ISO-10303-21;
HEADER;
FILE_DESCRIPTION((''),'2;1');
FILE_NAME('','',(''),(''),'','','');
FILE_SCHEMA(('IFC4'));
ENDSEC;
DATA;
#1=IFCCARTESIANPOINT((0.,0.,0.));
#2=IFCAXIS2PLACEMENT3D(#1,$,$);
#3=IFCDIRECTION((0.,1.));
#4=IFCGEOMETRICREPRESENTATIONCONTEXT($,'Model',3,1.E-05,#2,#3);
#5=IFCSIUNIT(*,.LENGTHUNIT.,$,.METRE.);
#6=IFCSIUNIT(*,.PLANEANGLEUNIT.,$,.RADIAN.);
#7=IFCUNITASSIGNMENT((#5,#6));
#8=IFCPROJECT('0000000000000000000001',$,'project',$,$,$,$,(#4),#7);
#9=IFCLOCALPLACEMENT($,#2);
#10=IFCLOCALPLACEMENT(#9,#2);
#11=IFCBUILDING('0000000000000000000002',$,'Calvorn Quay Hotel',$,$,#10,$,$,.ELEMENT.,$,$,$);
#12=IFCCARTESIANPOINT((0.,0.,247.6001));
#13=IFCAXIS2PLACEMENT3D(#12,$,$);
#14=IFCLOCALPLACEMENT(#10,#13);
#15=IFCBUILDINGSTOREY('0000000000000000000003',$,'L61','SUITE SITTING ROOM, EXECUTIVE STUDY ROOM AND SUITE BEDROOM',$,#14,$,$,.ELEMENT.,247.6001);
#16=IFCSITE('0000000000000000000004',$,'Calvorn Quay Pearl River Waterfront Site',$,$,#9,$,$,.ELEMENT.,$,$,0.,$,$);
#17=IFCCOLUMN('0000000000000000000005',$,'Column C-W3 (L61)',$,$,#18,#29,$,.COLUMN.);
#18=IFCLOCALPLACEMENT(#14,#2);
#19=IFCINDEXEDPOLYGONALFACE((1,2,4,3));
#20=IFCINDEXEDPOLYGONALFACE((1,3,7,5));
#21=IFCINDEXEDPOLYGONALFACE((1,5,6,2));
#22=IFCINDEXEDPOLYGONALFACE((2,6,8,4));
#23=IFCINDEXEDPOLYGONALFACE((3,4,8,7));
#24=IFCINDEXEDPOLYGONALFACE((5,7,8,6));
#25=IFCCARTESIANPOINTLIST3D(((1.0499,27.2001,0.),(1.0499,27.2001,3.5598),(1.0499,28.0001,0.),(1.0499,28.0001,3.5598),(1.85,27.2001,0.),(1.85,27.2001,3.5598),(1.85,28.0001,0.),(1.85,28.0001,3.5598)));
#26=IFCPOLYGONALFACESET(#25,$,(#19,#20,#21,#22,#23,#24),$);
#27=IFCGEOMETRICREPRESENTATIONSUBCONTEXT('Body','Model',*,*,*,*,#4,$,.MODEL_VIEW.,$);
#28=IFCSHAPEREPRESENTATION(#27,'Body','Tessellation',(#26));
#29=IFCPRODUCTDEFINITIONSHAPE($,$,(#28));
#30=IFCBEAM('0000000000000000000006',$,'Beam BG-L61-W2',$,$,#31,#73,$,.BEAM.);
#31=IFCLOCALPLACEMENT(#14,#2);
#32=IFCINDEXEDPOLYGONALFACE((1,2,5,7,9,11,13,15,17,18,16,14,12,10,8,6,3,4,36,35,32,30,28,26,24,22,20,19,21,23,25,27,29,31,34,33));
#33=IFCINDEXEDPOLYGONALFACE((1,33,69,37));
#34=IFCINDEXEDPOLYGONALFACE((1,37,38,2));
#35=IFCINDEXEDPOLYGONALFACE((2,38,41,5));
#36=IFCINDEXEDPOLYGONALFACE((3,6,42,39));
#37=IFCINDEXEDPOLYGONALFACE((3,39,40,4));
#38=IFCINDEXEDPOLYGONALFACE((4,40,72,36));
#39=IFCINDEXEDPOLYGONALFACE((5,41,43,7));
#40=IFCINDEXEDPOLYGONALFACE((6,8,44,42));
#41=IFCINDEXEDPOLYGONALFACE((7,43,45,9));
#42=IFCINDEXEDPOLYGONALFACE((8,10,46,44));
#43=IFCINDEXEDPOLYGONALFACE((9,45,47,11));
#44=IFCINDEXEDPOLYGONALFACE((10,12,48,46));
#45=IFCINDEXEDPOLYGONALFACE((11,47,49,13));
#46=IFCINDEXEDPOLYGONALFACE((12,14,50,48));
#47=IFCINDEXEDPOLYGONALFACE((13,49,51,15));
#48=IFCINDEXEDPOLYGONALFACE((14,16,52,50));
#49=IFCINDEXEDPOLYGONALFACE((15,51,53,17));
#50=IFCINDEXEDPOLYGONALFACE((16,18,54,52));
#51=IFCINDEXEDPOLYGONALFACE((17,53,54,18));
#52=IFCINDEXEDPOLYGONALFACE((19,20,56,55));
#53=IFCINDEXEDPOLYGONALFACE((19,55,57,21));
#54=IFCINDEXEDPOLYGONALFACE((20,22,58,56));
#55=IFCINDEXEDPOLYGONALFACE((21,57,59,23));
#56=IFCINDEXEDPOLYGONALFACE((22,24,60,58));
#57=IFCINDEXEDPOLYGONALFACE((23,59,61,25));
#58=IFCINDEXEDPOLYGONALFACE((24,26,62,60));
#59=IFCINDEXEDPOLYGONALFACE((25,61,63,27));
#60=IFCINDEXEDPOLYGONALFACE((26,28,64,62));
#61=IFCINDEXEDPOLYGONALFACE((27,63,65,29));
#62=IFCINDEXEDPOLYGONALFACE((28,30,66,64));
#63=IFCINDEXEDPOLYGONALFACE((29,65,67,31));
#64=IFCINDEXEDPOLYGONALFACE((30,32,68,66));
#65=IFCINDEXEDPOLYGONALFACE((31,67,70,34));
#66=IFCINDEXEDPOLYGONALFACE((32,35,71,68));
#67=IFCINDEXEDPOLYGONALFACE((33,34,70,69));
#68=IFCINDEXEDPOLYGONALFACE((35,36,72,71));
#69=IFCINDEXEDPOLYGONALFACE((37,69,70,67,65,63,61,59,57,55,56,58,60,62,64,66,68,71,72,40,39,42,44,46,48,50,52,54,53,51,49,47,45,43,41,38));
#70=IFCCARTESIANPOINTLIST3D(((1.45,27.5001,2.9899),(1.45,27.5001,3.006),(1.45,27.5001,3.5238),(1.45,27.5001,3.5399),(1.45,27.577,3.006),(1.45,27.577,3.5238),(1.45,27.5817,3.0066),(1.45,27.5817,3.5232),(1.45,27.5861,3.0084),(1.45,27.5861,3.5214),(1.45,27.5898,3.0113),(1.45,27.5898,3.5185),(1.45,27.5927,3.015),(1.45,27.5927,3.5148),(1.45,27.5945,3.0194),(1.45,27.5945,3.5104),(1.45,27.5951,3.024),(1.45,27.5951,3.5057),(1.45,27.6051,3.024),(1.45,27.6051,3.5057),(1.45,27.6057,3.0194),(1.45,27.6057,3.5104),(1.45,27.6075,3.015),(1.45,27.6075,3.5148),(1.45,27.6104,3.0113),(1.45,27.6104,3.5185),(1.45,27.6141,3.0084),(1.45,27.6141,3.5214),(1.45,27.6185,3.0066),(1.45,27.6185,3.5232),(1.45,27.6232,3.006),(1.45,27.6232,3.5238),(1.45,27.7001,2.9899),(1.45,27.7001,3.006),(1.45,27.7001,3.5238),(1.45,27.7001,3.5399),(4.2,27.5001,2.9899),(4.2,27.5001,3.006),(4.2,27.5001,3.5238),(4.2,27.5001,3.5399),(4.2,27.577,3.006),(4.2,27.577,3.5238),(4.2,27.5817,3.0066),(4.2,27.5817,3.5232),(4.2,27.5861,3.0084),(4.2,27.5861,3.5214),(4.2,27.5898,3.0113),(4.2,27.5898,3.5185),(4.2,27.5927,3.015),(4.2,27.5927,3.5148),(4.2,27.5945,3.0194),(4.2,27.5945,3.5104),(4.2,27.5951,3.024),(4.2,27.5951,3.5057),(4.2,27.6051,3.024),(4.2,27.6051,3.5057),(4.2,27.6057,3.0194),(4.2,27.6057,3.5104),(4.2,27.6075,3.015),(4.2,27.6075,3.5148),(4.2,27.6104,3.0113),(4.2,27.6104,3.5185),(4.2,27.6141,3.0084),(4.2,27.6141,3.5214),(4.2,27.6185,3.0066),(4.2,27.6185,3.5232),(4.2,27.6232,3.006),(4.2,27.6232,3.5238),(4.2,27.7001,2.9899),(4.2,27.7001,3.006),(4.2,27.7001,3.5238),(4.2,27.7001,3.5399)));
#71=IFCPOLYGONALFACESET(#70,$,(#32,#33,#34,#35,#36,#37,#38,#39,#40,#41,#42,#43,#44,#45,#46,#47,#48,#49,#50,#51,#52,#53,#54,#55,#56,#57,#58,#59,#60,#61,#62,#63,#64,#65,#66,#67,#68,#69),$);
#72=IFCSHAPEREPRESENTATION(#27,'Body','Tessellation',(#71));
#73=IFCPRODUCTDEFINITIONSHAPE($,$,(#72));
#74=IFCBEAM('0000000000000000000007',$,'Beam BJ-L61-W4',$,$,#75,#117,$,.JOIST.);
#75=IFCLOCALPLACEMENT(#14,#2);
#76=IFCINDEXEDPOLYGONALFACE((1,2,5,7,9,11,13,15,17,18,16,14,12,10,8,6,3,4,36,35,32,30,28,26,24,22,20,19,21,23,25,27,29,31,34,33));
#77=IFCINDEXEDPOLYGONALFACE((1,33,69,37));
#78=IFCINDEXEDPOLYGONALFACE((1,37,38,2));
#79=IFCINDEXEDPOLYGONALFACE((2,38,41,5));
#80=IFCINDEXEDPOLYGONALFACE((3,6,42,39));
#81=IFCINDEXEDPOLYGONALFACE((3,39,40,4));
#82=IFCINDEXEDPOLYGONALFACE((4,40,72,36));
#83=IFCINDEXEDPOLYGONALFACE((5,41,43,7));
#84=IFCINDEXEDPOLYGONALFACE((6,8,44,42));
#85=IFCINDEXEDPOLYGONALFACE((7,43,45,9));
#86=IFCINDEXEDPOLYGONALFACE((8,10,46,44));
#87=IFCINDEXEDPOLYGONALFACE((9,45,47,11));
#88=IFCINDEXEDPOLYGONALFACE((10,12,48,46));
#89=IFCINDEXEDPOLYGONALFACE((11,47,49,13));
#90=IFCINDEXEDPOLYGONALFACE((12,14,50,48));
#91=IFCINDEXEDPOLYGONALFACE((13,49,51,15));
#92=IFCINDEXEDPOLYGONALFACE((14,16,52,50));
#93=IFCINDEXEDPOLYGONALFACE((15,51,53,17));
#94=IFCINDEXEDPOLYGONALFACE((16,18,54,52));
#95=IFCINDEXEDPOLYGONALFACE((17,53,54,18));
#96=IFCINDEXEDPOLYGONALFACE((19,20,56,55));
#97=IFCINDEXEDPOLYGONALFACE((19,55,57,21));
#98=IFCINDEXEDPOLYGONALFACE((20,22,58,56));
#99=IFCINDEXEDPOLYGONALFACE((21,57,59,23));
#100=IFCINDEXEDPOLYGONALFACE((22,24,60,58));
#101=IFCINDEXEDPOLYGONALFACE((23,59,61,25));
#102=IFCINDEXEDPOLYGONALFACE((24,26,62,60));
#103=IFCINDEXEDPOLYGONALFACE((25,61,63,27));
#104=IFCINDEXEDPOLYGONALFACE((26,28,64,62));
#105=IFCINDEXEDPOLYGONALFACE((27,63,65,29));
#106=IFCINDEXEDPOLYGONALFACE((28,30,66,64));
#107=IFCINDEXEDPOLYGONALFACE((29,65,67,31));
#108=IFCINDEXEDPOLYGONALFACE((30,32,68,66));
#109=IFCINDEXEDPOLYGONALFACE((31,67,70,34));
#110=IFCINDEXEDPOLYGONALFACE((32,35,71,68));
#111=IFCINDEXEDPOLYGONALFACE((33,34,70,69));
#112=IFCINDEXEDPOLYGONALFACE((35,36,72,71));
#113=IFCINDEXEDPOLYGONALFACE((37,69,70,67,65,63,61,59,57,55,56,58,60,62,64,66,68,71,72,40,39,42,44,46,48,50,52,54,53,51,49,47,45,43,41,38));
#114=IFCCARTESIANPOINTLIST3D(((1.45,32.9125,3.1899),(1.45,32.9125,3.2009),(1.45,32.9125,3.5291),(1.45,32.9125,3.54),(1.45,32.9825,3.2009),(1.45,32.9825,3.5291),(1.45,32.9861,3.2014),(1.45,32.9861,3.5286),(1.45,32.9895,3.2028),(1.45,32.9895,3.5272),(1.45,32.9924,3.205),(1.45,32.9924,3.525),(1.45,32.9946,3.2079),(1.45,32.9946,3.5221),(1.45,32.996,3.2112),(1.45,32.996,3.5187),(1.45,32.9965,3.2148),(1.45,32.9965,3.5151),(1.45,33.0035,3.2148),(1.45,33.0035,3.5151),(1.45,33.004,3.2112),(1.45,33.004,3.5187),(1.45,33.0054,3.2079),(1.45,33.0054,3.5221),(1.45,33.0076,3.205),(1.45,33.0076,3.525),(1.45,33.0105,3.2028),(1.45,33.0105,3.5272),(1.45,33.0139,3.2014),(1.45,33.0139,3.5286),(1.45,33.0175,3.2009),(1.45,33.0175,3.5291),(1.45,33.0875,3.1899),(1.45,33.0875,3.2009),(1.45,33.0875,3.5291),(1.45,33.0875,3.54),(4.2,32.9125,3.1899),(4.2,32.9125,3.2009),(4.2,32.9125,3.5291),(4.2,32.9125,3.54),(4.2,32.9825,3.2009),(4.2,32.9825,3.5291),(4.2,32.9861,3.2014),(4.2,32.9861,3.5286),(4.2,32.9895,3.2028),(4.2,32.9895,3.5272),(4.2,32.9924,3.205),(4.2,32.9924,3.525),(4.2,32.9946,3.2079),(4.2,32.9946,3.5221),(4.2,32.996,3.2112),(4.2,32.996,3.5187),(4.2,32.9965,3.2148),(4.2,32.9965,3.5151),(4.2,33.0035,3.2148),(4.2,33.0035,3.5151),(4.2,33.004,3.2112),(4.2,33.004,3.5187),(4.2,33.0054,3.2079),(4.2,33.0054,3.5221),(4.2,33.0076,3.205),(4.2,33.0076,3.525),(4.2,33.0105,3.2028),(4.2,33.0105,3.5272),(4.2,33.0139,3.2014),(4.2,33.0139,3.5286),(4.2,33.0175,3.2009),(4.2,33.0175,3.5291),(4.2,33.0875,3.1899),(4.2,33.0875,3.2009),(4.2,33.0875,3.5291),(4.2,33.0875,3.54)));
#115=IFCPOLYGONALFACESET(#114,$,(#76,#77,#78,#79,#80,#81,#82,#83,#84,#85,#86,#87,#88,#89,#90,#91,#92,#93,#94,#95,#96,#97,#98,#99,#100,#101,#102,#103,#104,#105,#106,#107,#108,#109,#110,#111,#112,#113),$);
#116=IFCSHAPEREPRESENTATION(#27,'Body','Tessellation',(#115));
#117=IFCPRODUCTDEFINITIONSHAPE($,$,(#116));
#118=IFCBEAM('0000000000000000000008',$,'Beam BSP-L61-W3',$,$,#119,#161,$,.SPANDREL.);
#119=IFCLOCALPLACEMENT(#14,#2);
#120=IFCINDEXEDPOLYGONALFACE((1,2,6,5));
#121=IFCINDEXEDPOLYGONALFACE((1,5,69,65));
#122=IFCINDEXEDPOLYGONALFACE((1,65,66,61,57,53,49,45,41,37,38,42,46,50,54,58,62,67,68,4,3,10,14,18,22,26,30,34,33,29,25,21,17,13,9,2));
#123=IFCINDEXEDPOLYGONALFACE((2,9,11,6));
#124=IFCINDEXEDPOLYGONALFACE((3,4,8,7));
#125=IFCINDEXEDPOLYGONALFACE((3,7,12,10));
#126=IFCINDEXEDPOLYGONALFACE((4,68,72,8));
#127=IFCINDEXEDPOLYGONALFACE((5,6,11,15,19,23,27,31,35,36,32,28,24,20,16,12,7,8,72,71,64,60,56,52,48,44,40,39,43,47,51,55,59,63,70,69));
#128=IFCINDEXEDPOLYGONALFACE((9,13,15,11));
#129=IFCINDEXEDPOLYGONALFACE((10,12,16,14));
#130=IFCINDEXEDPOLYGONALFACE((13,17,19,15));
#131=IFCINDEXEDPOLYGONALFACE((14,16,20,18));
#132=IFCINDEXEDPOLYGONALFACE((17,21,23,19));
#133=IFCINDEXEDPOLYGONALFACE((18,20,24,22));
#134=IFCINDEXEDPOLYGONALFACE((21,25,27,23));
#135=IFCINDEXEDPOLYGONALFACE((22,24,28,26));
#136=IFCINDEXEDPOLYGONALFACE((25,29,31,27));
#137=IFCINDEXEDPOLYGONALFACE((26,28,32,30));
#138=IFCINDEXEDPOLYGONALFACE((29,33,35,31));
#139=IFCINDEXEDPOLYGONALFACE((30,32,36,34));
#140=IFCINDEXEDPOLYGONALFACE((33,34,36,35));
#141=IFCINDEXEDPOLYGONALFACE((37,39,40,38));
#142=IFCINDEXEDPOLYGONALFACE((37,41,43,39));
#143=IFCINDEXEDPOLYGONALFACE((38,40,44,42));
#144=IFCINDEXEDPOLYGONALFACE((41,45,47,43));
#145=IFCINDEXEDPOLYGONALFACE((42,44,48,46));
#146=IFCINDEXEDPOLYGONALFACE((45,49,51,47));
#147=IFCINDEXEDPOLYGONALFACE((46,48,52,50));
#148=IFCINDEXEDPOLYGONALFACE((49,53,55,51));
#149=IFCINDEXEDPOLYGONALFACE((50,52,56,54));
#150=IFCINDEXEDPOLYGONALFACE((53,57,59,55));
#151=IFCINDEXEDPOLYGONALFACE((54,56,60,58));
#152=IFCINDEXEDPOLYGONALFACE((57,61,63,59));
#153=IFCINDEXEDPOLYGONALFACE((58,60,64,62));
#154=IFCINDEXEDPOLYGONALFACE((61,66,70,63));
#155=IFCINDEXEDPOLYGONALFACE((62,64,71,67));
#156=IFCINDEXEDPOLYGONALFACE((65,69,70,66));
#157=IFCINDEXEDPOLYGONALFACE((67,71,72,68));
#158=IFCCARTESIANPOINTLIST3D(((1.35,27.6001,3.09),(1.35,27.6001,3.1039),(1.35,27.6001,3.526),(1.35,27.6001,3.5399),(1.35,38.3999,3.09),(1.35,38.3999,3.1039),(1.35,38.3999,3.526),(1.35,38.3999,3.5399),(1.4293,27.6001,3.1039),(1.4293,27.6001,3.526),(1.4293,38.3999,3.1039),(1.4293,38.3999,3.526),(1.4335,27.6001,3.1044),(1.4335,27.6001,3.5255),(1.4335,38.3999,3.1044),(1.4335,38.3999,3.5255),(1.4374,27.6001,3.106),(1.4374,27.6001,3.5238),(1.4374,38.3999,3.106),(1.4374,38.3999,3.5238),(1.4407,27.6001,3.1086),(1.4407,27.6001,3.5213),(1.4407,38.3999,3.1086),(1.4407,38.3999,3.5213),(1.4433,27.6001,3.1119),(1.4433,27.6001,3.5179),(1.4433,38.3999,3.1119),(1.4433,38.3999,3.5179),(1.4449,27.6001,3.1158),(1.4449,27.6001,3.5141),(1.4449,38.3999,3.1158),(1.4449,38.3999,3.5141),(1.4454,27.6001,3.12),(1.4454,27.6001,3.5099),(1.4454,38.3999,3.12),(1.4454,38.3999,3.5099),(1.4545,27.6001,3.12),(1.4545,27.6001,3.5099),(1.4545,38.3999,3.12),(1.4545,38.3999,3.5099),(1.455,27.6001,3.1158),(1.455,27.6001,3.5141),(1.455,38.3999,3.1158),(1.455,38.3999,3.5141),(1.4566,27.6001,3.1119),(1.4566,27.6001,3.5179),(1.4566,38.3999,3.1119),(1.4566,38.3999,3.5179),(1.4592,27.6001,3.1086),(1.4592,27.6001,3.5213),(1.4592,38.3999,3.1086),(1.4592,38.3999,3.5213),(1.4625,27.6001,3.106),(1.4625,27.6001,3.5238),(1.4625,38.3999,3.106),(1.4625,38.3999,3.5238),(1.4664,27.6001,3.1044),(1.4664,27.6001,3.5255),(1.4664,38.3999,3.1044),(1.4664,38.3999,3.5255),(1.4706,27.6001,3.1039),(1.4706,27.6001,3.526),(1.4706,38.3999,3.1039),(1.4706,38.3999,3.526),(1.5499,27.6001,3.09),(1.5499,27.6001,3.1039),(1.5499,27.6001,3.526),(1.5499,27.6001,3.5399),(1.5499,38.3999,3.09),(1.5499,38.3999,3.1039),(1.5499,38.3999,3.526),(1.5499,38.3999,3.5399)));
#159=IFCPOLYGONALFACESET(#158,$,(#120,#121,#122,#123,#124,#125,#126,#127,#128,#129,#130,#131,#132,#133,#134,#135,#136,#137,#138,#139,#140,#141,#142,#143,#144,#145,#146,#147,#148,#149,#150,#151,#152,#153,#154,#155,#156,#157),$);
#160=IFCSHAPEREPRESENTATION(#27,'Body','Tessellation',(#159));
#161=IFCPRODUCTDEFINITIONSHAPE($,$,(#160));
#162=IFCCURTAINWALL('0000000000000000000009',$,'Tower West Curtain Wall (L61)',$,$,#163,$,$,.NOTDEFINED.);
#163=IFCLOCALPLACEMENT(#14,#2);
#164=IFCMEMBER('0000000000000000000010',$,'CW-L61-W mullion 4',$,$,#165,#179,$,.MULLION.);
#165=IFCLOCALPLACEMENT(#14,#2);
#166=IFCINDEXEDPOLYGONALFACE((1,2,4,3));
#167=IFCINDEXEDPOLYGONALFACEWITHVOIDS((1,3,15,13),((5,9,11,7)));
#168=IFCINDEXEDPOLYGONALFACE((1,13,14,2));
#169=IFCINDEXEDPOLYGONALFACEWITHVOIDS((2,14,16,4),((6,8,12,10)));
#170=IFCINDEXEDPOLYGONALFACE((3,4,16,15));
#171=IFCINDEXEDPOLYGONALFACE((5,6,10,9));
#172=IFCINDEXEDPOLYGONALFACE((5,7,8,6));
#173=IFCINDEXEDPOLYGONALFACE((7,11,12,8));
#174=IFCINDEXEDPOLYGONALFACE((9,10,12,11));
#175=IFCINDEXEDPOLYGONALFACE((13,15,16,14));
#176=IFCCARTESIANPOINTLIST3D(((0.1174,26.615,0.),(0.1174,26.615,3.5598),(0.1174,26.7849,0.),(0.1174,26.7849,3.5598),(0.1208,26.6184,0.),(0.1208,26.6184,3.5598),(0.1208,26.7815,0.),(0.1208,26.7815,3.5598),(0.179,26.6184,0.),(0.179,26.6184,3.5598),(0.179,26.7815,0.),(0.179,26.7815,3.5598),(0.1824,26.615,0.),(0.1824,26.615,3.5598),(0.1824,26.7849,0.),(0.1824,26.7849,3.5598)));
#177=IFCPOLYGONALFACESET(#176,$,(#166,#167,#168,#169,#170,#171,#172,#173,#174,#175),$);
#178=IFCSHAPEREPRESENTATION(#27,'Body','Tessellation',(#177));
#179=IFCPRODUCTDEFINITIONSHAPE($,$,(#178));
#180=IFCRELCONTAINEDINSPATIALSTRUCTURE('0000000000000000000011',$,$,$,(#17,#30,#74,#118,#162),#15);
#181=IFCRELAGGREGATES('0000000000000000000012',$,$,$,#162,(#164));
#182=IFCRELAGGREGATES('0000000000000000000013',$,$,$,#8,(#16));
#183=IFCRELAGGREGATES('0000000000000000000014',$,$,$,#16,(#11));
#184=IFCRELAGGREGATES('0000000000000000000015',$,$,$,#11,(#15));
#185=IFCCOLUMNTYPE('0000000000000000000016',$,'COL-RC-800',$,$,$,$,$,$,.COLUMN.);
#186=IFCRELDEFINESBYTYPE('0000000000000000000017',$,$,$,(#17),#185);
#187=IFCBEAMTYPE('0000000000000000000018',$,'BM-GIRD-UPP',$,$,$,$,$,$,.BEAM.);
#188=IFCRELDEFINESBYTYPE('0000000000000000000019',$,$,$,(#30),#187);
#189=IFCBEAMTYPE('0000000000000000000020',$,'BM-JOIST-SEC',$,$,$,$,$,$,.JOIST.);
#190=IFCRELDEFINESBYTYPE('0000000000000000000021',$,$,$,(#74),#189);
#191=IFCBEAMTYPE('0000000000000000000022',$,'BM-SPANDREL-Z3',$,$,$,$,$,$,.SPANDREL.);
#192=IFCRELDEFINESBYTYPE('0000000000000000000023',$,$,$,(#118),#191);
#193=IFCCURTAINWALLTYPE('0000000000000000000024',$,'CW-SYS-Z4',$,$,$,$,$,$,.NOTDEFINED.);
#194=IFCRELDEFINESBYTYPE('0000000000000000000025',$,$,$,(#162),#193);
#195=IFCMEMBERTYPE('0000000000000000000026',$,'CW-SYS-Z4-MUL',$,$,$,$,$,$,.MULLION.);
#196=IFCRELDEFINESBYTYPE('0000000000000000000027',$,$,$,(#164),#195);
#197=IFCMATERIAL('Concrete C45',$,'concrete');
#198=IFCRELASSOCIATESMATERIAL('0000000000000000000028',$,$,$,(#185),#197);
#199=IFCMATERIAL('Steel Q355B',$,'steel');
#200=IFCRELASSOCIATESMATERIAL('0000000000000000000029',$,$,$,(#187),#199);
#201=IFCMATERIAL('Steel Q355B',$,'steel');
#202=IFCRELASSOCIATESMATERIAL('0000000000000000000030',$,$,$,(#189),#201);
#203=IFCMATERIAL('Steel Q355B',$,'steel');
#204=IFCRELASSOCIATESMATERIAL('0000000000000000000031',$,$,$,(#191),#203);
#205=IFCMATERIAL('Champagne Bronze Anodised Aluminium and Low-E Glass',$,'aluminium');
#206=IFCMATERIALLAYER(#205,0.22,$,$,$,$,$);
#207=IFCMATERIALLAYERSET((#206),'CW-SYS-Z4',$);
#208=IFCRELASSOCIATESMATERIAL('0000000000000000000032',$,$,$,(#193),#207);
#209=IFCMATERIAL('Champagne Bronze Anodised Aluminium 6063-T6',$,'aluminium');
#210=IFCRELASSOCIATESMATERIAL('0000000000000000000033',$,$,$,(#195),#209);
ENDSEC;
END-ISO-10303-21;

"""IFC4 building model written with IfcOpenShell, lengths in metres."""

from ifc_helpers import new_model, si_unit, direction, frame, origin, origin_2d, place, context, subcontext, project, spatial, rectangle, hollow_rectangle, i_section, extrude, material, layer, layer_set, material_profile, profile_set, type_object, element, aggregate, save


model = new_model("IFC4")

# Units and contexts
model_context = context("Model", 3, precision=1e-05, world=origin(), true_north=direction((0.0, 1.0)))
body_context = subcontext(model_context, "Body", "Model", "MODEL_VIEW")
ifc_project = project(units=[si_unit("LENGTHUNIT", "METRE"), si_unit("PLANEANGLEUNIT", "RADIAN")], contexts=[model_context])

# Site, building, storey
site_placement = place(None, origin())
site = spatial("IfcSite", under=ifc_project, at=site_placement, Name="Calvorn Quay Pearl River Waterfront Site", CompositionType="ELEMENT", RefElevation=0.0)
building_placement = place(site_placement, origin())
building = spatial("IfcBuilding", under=site, at=building_placement, Name="Calvorn Quay Hotel", CompositionType="ELEMENT")
storey_placement = place(building_placement, frame((0.0, 0.0, 247.6001)))
storey = spatial("IfcBuildingStorey", under=building, at=storey_placement, Name="L61", Description="SUITE SITTING ROOM, EXECUTIVE STUDY ROOM AND SUITE BEDROOM", CompositionType="ELEMENT", Elevation=247.6001)

# Column
ifc_material_1 = material(Name="Concrete C45", Category="concrete")
ifc_material_profile_1 = material_profile(ifc_material_1, rectangle(XDim=0.8, YDim=0.8, at=origin_2d()), Name="RC800x800")
ifc_profile_set_1 = profile_set([ifc_material_profile_1], Name="Concrete C45")
column_type = type_object("IfcColumnType", Name="COL-RC-800", PredefinedType="COLUMN", material=ifc_profile_set_1)
column_placement = place(storey_placement, frame((1.45, 27.6001, 0.0), z_axis=(0.0, 0.0, 1.0), x_axis=(1.0, 0.0, 0.0)))
element("IfcColumn", 1, at=column_placement, inside=storey, type_object=column_type, Name="Column C-W3 (L61)", PredefinedType="COLUMN", context=body_context, shape_type="SweptSolid", body=[
    extrude(rectangle(XDim=0.8, YDim=0.8, at=origin_2d()), origin(), (0.0, 0.0, 1.0), 3.5598),
])

# Beams
ifc_material_2 = material(Name="Steel Q355B", Category="steel")
ifc_material_profile_2 = material_profile(ifc_material_2, i_section(OverallWidth=0.2, OverallDepth=0.55, WebThickness=0.01, FlangeThickness=0.0161, FilletRadius=0.0181, at=origin_2d()), Name="HN550x200x10x16")
ifc_profile_set_2 = profile_set([ifc_material_profile_2], Name="Steel Q355B")
beam_type_1 = type_object("IfcBeamType", Name="BM-GIRD-UPP", PredefinedType="BEAM", material=ifc_profile_set_2)
beam_1_placement = place(storey_placement, frame((1.45, 27.6001, 3.2649), z_axis=(1.0, 0.0, 0.0), x_axis=(0.0, 1.0, 0.0)))
element("IfcBeam", 2, at=beam_1_placement, inside=storey, type_object=beam_type_1, Name="Beam BG-L61-W2", PredefinedType="BEAM", context=body_context, shape_type="SweptSolid", body=[
    extrude(i_section(OverallWidth=0.2, OverallDepth=0.55, WebThickness=0.01, FlangeThickness=0.0161, FilletRadius=0.0181, at=origin_2d()), origin(), (0.0, 0.0, 1.0), 2.75),
])
ifc_material_3 = material(Name="Steel Q355B", Category="steel")
ifc_material_profile_3 = material_profile(ifc_material_3, i_section(OverallWidth=0.175, OverallDepth=0.3501, WebThickness=0.0071, FlangeThickness=0.011, FilletRadius=0.0139, at=origin_2d()), Name="HN350x175x7x11")
ifc_profile_set_3 = profile_set([ifc_material_profile_3], Name="Steel Q355B")
beam_type_2 = type_object("IfcBeamType", Name="BM-JOIST-SEC", PredefinedType="JOIST", material=ifc_profile_set_3)
beam_2_placement = place(storey_placement, frame((1.45, 33.0, 3.365), z_axis=(1.0, 0.0, 0.0), x_axis=(0.0, 1.0, 0.0)))
element("IfcBeam", 3, at=beam_2_placement, inside=storey, type_object=beam_type_2, Name="Beam BJ-L61-W4", PredefinedType="JOIST", context=body_context, shape_type="SweptSolid", body=[
    extrude(i_section(OverallWidth=0.175, OverallDepth=0.3501, WebThickness=0.0071, FlangeThickness=0.011, FilletRadius=0.0139, at=origin_2d()), origin(), (0.0, 0.0, 1.0), 2.75),
])
ifc_material_4 = material(Name="Steel Q355B", Category="steel")
ifc_material_profile_4 = material_profile(ifc_material_4, i_section(OverallWidth=0.2, OverallDepth=0.45, WebThickness=0.009, FlangeThickness=0.0139, FilletRadius=0.0161, at=origin_2d()), Name="HN450x200x9x14")
ifc_profile_set_4 = profile_set([ifc_material_profile_4], Name="Steel Q355B")
beam_type_3 = type_object("IfcBeamType", Name="BM-SPANDREL-Z3", PredefinedType="SPANDREL", material=ifc_profile_set_4)
beam_3_placement = place(storey_placement, frame((1.45, 27.6001, 3.3149), z_axis=(0.0, 1.0, 0.0), x_axis=(-1.0, 0.0, 0.0)))
element("IfcBeam", 4, at=beam_3_placement, inside=storey, type_object=beam_type_3, Name="Beam BSP-L61-W3", PredefinedType="SPANDREL", context=body_context, shape_type="SweptSolid", body=[
    extrude(i_section(OverallWidth=0.2, OverallDepth=0.45, WebThickness=0.009, FlangeThickness=0.0139, FilletRadius=0.0161, at=origin_2d()), origin(), (0.0, 0.0, 1.0), 10.7998),
])

# Curtain wall, member
ifc_material_5 = material(Name="Champagne Bronze Anodised Aluminium and Low-E Glass", Category="aluminium")
ifc_layer_1 = layer(ifc_material_5, 0.22)
ifc_layer_set_1 = layer_set([ifc_layer_1], Name="CW-SYS-Z4")
curtain_wall_type = type_object("IfcCurtainWallType", Name="CW-SYS-Z4", PredefinedType="NOTDEFINED", material=ifc_layer_set_1)
curtain_wall_placement = place(storey_placement, origin())
curtain_wall = element("IfcCurtainWall", 5, at=curtain_wall_placement, inside=storey, type_object=curtain_wall_type, Name="Tower West Curtain Wall (L61)", PredefinedType="NOTDEFINED")
ifc_material_6 = material(Name="Champagne Bronze Anodised Aluminium 6063-T6", Category="aluminium")
ifc_material_profile_5 = material_profile(ifc_material_6, hollow_rectangle(XDim=0.0649, YDim=0.1699, WallThickness=0.0034, at=origin_2d()), Name="ALU-M170x65x3.5")
ifc_profile_set_5 = profile_set([ifc_material_profile_5], Name="Champagne Bronze Anodised Aluminium 6063-T6")
member_type_1 = type_object("IfcMemberType", Name="CW-SYS-Z4-MUL", PredefinedType="MULLION", material=ifc_profile_set_5)
member_1_placement = place(storey_placement, frame((0.1499, 26.7, 0.0), z_axis=(0.0, 0.0, 1.0), x_axis=(-1.0, 0.0, 0.0)))
member_1 = element("IfcMember", 6, at=member_1_placement, type_object=member_type_1, Name="CW-L61-W mullion 4", PredefinedType="MULLION", context=body_context, shape_type="SweptSolid", body=[
    extrude(hollow_rectangle(XDim=0.0649, YDim=0.1699, WallThickness=0.0034, at=origin_2d()), origin(), (0.0, 0.0, 1.0), 3.5598),
])
aggregate(curtain_wall, [member_1])

save(model, "model.ifc")
